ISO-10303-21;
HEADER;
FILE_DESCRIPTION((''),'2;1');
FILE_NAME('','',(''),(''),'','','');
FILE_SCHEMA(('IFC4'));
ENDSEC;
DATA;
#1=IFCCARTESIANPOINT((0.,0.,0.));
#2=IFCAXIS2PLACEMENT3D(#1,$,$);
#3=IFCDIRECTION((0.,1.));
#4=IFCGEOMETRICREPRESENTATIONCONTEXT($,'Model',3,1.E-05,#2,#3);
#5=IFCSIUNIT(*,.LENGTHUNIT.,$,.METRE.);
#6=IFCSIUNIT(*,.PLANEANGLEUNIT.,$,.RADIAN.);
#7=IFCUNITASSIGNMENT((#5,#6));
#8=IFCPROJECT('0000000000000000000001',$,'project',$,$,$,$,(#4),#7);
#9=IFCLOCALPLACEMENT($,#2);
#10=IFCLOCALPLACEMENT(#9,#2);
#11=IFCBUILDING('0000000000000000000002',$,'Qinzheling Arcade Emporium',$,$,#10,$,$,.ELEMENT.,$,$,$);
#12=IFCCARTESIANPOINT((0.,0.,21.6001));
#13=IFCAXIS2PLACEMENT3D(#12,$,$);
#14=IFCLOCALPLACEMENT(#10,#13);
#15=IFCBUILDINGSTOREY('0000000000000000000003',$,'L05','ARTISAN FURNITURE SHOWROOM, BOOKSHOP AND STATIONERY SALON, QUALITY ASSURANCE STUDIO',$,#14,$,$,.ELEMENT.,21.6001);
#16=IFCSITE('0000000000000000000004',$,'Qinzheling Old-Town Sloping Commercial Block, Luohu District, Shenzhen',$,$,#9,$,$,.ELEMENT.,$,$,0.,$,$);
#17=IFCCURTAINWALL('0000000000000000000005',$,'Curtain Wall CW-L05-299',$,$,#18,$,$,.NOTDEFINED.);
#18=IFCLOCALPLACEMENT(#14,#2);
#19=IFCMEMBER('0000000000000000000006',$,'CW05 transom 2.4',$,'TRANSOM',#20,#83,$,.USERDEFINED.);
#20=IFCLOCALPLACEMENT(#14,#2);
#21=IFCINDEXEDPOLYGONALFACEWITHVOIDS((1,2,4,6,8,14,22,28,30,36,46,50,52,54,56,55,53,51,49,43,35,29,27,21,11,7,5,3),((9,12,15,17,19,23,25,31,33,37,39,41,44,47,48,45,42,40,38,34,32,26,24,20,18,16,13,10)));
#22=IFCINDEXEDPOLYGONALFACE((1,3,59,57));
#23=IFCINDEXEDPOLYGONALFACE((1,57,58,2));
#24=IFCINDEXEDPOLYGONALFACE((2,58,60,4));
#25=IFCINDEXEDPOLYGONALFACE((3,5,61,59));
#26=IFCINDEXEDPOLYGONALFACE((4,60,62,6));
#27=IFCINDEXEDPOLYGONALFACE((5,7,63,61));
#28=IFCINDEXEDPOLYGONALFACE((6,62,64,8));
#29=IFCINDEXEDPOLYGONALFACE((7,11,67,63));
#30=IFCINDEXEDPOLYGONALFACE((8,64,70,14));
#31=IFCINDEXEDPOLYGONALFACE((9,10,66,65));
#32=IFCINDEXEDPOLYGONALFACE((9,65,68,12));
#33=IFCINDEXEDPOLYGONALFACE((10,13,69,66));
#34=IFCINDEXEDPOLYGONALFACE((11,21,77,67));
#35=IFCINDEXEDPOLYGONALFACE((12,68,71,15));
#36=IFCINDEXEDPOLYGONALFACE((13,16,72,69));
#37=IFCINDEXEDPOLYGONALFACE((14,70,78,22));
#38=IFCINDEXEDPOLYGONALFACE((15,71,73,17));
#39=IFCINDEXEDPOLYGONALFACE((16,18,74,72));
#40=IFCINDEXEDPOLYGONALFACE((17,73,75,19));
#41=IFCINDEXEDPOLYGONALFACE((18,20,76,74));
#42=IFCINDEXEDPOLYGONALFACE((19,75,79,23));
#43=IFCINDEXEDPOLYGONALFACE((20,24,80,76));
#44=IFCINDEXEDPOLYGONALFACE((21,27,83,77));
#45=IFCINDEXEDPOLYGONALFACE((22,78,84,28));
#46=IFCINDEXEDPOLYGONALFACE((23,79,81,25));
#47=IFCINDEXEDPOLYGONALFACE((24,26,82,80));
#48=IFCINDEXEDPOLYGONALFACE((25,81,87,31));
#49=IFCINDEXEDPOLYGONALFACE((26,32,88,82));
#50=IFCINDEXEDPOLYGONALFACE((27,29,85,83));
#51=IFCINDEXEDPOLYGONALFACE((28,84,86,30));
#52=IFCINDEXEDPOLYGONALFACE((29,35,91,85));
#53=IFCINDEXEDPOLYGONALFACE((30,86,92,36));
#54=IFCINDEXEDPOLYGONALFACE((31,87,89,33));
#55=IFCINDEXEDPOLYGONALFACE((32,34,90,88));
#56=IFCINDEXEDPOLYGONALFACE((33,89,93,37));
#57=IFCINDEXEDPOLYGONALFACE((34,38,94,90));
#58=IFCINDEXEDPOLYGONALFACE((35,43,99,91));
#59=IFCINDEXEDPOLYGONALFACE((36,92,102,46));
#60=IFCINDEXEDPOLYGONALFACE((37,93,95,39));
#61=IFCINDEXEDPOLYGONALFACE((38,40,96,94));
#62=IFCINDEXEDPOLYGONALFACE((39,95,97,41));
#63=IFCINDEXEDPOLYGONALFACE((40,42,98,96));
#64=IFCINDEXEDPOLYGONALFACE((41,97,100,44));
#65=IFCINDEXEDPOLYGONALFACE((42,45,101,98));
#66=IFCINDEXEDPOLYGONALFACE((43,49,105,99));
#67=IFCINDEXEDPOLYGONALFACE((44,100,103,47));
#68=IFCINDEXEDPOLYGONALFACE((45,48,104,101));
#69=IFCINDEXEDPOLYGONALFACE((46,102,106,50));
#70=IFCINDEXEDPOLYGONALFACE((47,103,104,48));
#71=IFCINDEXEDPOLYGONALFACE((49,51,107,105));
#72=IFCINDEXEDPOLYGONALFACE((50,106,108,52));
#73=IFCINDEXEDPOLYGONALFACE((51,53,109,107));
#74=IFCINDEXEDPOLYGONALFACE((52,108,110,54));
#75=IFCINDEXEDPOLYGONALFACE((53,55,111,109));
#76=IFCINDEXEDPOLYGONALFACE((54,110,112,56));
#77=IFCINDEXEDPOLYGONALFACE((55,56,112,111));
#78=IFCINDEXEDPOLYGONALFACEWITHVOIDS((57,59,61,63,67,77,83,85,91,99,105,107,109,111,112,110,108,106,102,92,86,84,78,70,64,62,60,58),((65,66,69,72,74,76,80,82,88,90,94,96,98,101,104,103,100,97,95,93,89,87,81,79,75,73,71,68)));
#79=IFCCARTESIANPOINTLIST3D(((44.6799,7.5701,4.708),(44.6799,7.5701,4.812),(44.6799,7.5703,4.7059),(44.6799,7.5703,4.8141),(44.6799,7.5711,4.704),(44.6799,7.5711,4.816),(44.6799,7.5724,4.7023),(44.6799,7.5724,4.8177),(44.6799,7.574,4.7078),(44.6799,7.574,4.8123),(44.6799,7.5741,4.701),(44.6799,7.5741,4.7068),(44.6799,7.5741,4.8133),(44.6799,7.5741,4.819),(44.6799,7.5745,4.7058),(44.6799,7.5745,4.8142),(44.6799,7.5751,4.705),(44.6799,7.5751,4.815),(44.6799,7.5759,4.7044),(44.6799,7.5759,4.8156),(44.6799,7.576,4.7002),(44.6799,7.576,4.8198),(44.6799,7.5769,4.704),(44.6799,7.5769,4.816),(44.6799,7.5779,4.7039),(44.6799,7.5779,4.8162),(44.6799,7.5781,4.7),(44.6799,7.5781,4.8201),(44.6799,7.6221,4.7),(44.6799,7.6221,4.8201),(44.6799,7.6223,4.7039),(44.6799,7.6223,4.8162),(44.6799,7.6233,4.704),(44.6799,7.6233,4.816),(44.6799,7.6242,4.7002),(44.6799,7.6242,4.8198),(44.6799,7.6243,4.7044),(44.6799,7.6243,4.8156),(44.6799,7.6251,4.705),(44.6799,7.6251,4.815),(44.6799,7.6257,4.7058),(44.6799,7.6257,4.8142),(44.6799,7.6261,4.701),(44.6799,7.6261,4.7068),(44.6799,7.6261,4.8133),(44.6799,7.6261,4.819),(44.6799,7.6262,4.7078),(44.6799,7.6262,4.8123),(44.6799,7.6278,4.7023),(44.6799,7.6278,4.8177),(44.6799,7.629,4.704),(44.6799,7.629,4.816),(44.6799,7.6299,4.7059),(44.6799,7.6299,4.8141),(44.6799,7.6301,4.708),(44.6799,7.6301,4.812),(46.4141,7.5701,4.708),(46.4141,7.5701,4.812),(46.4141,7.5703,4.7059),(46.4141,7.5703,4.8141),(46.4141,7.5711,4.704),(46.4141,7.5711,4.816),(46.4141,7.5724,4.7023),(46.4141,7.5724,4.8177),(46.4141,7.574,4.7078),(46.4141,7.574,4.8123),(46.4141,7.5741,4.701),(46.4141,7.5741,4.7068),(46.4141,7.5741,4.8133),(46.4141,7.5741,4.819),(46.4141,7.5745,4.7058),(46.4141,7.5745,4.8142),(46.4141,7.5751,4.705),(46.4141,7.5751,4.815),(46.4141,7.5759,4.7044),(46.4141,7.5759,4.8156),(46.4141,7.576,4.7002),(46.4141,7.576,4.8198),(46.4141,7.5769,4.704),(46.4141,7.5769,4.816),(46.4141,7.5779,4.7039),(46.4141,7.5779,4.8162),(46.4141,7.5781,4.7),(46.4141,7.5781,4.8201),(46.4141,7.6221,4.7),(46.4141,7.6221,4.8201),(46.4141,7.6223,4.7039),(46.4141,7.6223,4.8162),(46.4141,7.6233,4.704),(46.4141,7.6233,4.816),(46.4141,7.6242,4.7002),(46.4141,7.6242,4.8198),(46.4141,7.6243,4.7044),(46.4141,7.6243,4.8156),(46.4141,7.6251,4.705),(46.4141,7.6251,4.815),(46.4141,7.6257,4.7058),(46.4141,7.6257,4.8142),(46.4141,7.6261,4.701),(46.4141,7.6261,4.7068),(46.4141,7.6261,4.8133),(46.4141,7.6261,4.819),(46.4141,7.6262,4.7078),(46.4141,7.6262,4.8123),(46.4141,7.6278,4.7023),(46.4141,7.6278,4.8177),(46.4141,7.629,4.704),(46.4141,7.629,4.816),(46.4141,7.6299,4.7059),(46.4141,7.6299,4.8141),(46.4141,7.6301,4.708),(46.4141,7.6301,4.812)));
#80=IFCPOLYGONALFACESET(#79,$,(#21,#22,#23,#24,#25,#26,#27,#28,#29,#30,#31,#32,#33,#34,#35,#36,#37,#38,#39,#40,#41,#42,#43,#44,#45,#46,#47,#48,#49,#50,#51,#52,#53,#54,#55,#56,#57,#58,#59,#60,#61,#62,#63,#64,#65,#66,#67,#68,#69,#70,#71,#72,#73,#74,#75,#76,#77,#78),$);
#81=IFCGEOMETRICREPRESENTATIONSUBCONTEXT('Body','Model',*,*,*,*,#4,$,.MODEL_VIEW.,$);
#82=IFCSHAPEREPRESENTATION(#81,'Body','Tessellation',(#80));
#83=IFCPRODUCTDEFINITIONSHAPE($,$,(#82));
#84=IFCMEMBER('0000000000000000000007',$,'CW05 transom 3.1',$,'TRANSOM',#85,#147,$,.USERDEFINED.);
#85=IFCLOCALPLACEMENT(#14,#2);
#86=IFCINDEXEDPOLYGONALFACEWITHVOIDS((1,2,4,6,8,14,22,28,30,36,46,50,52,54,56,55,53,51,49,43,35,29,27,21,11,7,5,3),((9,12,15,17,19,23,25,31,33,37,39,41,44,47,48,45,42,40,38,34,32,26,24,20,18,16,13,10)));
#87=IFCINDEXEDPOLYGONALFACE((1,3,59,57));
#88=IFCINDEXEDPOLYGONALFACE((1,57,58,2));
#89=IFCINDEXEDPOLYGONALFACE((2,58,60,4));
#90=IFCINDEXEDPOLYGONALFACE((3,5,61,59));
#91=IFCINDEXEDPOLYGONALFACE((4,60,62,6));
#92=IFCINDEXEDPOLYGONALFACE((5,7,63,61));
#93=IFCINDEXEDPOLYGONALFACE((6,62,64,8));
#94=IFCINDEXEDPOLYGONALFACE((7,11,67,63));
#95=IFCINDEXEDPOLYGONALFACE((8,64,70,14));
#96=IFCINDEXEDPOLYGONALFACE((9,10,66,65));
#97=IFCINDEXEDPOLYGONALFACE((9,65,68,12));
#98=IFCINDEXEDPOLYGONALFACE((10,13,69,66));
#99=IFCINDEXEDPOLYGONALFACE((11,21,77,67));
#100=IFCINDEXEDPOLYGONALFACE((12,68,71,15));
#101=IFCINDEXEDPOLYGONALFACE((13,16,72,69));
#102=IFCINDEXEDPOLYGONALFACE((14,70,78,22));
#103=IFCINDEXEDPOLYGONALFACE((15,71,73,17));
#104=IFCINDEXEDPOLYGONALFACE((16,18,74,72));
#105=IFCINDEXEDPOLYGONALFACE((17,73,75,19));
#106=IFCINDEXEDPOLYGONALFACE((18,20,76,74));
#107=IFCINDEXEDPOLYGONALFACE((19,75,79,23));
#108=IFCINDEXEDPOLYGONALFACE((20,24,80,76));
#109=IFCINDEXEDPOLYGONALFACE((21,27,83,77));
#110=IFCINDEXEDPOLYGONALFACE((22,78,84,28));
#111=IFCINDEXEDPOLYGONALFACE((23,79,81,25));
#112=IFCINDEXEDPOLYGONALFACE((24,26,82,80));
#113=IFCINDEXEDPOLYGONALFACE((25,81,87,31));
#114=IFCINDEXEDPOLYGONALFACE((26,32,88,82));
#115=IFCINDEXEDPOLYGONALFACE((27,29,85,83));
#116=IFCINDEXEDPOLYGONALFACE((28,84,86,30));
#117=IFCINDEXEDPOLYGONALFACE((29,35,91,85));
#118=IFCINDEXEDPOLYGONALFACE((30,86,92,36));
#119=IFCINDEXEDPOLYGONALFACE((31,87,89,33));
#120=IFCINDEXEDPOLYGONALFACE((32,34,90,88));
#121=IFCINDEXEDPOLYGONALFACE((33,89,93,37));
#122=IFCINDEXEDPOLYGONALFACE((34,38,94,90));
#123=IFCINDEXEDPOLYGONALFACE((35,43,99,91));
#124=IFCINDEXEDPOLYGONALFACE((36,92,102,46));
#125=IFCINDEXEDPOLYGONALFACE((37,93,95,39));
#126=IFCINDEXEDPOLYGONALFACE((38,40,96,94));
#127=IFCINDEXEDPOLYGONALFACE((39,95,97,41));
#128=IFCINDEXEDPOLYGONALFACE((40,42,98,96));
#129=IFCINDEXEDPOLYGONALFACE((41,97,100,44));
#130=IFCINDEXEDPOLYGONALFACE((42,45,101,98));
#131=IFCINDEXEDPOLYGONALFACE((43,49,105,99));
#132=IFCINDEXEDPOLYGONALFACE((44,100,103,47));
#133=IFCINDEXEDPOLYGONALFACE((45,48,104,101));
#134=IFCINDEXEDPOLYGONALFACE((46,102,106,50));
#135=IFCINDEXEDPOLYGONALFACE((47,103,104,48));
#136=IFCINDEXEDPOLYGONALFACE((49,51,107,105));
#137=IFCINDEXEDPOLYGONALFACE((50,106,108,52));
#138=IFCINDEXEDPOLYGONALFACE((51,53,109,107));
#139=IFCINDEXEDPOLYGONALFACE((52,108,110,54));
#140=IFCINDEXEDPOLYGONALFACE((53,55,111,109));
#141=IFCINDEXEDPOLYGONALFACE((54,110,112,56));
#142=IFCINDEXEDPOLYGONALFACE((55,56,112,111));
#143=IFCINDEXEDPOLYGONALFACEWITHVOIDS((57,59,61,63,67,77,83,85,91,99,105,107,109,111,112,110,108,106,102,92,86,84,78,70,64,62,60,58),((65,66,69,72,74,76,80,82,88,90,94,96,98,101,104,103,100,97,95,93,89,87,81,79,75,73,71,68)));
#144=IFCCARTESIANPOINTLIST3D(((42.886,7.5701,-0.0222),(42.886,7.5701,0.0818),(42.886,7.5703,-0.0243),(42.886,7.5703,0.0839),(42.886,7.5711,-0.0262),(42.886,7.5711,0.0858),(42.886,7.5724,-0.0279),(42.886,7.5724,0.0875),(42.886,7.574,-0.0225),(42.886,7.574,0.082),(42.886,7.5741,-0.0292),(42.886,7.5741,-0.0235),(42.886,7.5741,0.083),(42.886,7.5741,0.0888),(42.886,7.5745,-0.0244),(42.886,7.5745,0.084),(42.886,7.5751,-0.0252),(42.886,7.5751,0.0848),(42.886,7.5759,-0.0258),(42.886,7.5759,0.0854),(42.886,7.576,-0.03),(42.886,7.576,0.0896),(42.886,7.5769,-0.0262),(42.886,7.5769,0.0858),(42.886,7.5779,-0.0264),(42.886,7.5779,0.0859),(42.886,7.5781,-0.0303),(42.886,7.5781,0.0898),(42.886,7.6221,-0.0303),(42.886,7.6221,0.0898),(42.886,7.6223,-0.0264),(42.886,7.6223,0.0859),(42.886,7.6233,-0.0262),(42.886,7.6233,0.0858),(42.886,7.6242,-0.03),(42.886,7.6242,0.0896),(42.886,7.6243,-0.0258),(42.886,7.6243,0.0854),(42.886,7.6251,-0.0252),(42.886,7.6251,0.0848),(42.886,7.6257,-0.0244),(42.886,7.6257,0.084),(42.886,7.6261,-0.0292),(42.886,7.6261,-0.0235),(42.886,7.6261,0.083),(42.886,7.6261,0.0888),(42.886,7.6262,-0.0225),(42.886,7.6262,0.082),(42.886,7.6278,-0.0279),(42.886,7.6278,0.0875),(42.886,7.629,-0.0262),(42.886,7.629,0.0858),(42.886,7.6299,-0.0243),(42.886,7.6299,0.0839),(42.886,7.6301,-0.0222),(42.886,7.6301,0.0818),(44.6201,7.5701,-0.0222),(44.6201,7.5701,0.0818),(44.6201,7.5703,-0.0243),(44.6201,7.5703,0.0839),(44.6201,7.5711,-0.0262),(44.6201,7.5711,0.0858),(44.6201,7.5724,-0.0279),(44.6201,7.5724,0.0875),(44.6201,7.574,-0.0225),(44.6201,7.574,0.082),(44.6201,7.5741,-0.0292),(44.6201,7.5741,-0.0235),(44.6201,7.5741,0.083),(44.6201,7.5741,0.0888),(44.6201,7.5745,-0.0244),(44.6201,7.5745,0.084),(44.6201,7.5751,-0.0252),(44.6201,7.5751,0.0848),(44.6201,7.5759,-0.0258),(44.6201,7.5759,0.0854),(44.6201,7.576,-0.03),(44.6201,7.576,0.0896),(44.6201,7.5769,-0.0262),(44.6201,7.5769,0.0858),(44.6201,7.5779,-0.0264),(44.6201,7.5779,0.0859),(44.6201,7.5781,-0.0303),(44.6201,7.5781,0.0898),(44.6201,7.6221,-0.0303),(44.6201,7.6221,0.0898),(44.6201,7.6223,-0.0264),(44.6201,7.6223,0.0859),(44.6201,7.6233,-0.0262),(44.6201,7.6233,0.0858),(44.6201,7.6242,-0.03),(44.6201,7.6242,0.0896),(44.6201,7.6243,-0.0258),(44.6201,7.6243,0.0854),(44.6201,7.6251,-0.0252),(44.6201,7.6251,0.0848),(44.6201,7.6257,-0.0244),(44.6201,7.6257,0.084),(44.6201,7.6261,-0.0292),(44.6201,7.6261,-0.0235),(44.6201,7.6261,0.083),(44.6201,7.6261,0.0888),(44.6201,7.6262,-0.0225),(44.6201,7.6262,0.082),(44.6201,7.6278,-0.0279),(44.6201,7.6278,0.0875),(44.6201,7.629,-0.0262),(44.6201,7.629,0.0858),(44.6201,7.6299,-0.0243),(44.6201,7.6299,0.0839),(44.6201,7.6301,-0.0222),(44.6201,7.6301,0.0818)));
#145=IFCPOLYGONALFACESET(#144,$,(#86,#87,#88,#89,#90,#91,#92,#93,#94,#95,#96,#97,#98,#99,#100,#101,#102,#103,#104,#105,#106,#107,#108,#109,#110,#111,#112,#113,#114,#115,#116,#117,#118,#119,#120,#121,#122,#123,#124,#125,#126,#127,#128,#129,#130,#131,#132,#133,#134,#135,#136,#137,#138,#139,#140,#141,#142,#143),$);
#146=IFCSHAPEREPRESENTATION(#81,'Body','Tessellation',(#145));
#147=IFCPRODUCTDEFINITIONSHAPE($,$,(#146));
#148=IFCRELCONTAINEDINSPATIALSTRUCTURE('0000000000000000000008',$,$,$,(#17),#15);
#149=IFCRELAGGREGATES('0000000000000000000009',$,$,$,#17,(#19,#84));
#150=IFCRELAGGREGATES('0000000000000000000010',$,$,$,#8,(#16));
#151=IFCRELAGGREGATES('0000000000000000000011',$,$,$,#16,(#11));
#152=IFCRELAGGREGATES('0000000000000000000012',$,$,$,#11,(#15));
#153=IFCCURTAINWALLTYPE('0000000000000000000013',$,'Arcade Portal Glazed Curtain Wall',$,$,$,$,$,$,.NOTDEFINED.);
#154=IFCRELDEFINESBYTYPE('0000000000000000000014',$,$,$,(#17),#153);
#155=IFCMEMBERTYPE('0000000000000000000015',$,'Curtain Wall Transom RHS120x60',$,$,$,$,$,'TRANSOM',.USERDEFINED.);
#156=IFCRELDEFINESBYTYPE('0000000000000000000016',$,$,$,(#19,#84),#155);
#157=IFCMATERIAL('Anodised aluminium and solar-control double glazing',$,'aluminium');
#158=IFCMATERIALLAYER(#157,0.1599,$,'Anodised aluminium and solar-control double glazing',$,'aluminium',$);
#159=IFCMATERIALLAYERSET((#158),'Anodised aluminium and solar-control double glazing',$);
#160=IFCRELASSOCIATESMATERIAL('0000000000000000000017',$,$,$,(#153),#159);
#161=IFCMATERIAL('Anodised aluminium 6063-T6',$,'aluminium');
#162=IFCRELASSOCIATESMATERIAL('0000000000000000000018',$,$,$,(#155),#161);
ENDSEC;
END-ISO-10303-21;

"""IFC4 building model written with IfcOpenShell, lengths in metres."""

from ifc_helpers import new_model, si_unit, direction, frame, origin, origin_2d, place, context, subcontext, project, spatial, hollow_rectangle, extrude, material, layer, layer_set, material_profile, profile_set, type_object, element, aggregate, save


model = new_model("IFC4")

# Units and contexts
model_context = context("Model", 3, precision=1e-05, world=origin(), true_north=direction((0.0, 1.0)))
body_context = subcontext(model_context, "Body", "Model", "MODEL_VIEW")
ifc_project = project(units=[si_unit("LENGTHUNIT", "METRE"), si_unit("PLANEANGLEUNIT", "RADIAN")], contexts=[model_context])

# Site, building, storey
site_placement = place(None, origin())
site = spatial("IfcSite", under=ifc_project, at=site_placement, Name="Qinzheling Old-Town Sloping Commercial Block, Luohu District, Shenzhen", CompositionType="ELEMENT", RefElevation=0.0)
building_placement = place(site_placement, origin())
building = spatial("IfcBuilding", under=site, at=building_placement, Name="Qinzheling Arcade Emporium", CompositionType="ELEMENT")
storey_placement = place(building_placement, frame((0.0, 0.0, 21.6001)))
storey = spatial("IfcBuildingStorey", under=building, at=storey_placement, Name="L05", Description="ARTISAN FURNITURE SHOWROOM, BOOKSHOP AND STATIONERY SALON, QUALITY ASSURANCE STUDIO", CompositionType="ELEMENT", Elevation=21.6001)

# Shared definitions
ifc_material_1 = material(Name="Anodised aluminium and solar-control double glazing", Category="aluminium")
ifc_layer_1 = layer(ifc_material_1, 0.1599, Name="Anodised aluminium and solar-control double glazing", Category="aluminium")
ifc_layer_set_1 = layer_set([ifc_layer_1], Name="Anodised aluminium and solar-control double glazing")
curtain_wall_type = type_object("IfcCurtainWallType", Name="Arcade Portal Glazed Curtain Wall", PredefinedType="NOTDEFINED", material=ifc_layer_set_1)
ifc_material_2 = material(Name="Anodised aluminium 6063-T6", Category="aluminium")

# Curtain wall, members
curtain_wall_1_placement = place(storey_placement, origin())
curtain_wall_1 = element("IfcCurtainWall", 1, at=curtain_wall_1_placement, inside=storey, type_object=curtain_wall_type, Name="Curtain Wall CW-L05-299", PredefinedType="NOTDEFINED")
ifc_material_profile_1 = material_profile(ifc_material_2, hollow_rectangle(XDim=0.0601, YDim=0.1201, WallThickness=0.0039, InnerFilletRadius=0.0039, OuterFilletRadius=0.0081, at=origin_2d()), Name="RHS 120x60x4", Category="aluminium")
ifc_profile_set_1 = profile_set([ifc_material_profile_1], Name="Anodised aluminium 6063-T6")
member_type_1 = type_object("IfcMemberType", Name="Curtain Wall Transom RHS120x60", ElementType="TRANSOM", PredefinedType="USERDEFINED", material=ifc_profile_set_1)
member_1_placement = place(storey_placement, frame((46.4141, 7.6001, 4.76), z_axis=(-1.0, 0.0, 0.0), x_axis=(0.0, -1.0, 0.0)))
member_1 = element("IfcMember", 2, at=member_1_placement, type_object=member_type_1, Name="CW05 transom 2.4", ObjectType="TRANSOM", PredefinedType="USERDEFINED", context=body_context, shape_type="SweptSolid", body=[
    extrude(hollow_rectangle(XDim=0.0601, YDim=0.1201, WallThickness=0.0039, InnerFilletRadius=0.0039, OuterFilletRadius=0.0081, at=origin_2d()), origin(), (0.0, 0.0, 1.0), 1.7341),
])
member_2_placement = place(storey_placement, frame((44.6201, 7.6001, 0.0298), z_axis=(-1.0, 0.0, 0.0), x_axis=(0.0, -1.0, 0.0)))
member_2 = element("IfcMember", 3, at=member_2_placement, type_object=member_type_1, Name="CW05 transom 3.1", ObjectType="TRANSOM", PredefinedType="USERDEFINED", context=body_context, shape_type="SweptSolid", body=[
    extrude(hollow_rectangle(XDim=0.0601, YDim=0.1201, WallThickness=0.0039, InnerFilletRadius=0.0039, OuterFilletRadius=0.0081, at=origin_2d()), origin(), (0.0, 0.0, 1.0), 1.7341),
])

aggregate(curtain_wall_1, [member_1, member_2])

save(model, "model.ifc")
